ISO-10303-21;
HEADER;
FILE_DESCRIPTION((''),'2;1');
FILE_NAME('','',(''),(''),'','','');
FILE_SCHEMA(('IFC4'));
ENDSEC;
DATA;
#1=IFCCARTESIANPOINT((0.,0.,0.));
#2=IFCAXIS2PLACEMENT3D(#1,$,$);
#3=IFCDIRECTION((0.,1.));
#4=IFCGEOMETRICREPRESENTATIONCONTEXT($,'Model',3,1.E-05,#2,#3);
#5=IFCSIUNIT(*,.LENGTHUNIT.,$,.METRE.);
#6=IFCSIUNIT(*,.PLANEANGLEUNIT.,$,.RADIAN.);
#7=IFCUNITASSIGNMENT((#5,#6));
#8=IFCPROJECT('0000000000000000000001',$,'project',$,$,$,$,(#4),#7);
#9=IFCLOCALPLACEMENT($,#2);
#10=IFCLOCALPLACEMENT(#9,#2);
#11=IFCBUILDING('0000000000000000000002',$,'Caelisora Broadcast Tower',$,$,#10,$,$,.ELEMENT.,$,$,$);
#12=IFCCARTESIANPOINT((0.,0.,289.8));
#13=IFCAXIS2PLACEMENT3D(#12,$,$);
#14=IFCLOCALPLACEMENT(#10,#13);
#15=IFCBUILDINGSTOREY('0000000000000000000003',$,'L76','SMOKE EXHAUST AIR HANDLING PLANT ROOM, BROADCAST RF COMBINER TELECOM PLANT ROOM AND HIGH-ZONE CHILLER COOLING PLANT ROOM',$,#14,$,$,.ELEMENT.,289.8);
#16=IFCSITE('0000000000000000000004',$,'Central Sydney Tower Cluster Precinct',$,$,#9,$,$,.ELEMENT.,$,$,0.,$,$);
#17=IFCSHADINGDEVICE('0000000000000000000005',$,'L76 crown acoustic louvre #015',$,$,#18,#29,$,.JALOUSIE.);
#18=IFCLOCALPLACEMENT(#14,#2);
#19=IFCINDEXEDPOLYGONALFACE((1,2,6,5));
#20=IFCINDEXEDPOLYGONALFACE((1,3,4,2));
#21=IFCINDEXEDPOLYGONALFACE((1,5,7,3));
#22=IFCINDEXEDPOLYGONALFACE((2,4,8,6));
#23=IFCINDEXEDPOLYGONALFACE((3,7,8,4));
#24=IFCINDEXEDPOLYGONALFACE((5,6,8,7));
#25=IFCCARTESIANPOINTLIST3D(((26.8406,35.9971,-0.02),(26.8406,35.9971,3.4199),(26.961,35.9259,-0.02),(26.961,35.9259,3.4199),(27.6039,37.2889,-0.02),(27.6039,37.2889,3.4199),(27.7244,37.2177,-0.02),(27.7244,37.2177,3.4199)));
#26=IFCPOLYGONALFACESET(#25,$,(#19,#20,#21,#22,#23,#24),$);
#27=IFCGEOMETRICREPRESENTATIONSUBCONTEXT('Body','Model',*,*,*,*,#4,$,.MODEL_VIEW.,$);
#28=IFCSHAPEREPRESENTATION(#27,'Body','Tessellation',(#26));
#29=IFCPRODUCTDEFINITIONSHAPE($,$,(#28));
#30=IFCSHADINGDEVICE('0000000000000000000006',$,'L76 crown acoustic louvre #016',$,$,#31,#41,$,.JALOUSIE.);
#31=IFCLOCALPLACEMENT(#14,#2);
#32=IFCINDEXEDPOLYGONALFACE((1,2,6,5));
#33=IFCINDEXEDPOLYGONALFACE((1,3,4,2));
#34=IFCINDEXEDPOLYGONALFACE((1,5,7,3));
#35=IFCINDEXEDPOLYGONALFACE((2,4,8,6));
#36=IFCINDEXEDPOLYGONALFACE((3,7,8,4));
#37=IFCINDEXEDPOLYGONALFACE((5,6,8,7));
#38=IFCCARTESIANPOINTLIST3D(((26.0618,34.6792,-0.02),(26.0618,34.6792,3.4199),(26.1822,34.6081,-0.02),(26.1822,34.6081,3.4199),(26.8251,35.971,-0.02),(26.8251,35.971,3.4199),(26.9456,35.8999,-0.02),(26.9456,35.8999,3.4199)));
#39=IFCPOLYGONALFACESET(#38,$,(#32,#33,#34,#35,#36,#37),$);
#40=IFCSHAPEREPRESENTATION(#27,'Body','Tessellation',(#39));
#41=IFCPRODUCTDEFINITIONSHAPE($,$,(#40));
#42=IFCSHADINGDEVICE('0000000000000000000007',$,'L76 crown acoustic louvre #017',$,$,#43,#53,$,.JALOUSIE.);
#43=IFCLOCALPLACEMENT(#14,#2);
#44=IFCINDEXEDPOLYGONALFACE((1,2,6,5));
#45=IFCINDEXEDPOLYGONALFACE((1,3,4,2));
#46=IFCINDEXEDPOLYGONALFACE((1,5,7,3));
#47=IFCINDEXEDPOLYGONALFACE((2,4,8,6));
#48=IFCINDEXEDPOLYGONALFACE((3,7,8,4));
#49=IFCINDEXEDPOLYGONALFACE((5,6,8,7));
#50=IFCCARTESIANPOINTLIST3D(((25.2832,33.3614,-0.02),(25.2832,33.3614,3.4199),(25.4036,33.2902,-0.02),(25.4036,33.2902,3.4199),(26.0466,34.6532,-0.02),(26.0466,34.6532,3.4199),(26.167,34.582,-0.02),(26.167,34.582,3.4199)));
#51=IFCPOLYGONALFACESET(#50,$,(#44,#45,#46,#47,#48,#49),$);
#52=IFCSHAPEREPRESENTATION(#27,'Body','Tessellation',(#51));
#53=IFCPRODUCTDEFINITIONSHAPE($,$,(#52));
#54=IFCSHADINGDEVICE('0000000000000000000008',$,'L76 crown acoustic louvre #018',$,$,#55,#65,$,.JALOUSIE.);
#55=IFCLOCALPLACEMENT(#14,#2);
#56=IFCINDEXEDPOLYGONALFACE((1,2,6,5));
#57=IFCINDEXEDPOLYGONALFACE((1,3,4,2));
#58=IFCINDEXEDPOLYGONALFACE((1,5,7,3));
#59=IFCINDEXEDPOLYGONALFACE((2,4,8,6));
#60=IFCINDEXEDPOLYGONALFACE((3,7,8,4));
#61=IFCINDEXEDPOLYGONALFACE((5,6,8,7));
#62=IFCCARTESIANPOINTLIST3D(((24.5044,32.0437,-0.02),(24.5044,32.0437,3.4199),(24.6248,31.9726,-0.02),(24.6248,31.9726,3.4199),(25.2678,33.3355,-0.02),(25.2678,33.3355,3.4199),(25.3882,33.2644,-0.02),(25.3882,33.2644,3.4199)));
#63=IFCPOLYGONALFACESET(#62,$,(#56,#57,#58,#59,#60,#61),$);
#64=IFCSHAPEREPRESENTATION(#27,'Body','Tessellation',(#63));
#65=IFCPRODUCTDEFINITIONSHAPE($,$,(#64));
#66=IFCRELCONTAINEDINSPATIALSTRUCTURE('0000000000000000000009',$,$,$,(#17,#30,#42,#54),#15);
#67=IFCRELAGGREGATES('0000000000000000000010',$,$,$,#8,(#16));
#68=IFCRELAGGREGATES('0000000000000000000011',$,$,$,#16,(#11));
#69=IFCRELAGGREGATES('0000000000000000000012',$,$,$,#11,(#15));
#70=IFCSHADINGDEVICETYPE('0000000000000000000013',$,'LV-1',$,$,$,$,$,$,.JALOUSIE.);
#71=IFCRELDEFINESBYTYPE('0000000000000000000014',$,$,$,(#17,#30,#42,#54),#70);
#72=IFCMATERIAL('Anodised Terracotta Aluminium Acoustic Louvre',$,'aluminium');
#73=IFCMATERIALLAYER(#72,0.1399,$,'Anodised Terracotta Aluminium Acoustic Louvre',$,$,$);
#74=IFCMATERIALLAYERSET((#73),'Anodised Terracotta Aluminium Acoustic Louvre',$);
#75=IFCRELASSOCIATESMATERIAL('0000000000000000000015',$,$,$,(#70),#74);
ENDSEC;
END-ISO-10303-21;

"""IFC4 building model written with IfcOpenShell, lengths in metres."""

from ifc_helpers import new_model, si_unit, direction, frame, origin, origin_2d, place, context, subcontext, project, spatial, rectangle, extrude, source, transform, mapped, material, layer, layer_set, type_object, type_shapes, element, save


model = new_model("IFC4")

# Units and contexts
model_context = context("Model", 3, precision=1e-05, world=origin(), true_north=direction((0.0, 1.0)))
body_context = subcontext(model_context, "Body", "Model", "MODEL_VIEW")
ifc_project = project(units=[si_unit("LENGTHUNIT", "METRE"), si_unit("PLANEANGLEUNIT", "RADIAN")], contexts=[model_context])

# Site, building, storey
site_placement = place(None, origin())
site = spatial("IfcSite", under=ifc_project, at=site_placement, Name="Central Sydney Tower Cluster Precinct", CompositionType="ELEMENT", RefElevation=0.0)
building_placement = place(site_placement, origin())
building = spatial("IfcBuilding", under=site, at=building_placement, Name="Caelisora Broadcast Tower", CompositionType="ELEMENT")
storey_placement = place(building_placement, frame((0.0, 0.0, 289.8)))
storey = spatial("IfcBuildingStorey", under=building, at=storey_placement, Name="L76", Description="SMOKE EXHAUST AIR HANDLING PLANT ROOM, BROADCAST RF COMBINER TELECOM PLANT ROOM AND HIGH-ZONE CHILLER COOLING PLANT ROOM", CompositionType="ELEMENT", Elevation=289.8)

# Shading devices
ifc_material_1 = material(Name="Anodised Terracotta Aluminium Acoustic Louvre", Category="aluminium")
ifc_layer_1 = layer(ifc_material_1, 0.1399, Name="Anodised Terracotta Aluminium Acoustic Louvre")
ifc_layer_set_1 = layer_set([ifc_layer_1], Name="Anodised Terracotta Aluminium Acoustic Louvre")
shading_device_type = type_object("IfcShadingDeviceType", Name="LV-1", PredefinedType="JALOUSIE", material=ifc_layer_set_1)
shared_shape_1 = source(origin(), body_context, "Body", "SweptSolid", [
    extrude(rectangle(XDim=1.5005, YDim=0.1399, at=origin_2d()), origin(), (0.0, 0.0, 1.0), 3.4399),
])
type_shapes(shading_device_type, [shared_shape_1])
for number, where, z_axis, x_axis, name in (
    (1, (27.2825, 36.6074, -0.02), (0.0, 0.0, 1.0), (-0.508741, -0.86092, 0.0), "L76 crown acoustic louvre #015"),
    (2, (26.5037, 35.2896, -0.02), (0.0, 0.0, 1.0), (-0.508741, -0.86092, 0.0), "L76 crown acoustic louvre #016"),
    (3, (25.7251, 33.9717, -0.02), (0.0, 0.0, 1.0), (-0.508741, -0.86092, 0.0), "L76 crown acoustic louvre #017"),
    (4, (24.9463, 32.6541, -0.02), (0.0, 0.0, 1.0), (-0.508741, -0.86092, 0.0), "L76 crown acoustic louvre #018"),
):
    element("IfcShadingDevice", number, at=place(storey_placement, frame(where, z_axis=z_axis, x_axis=x_axis)), inside=storey, type_object=shading_device_type, Name=name, PredefinedType="JALOUSIE", context=body_context, shape_type="MappedRepresentation", body=[
        mapped(shared_shape_1, transform((0.0, 0.0, 0.0), scale=1.0)),
    ])

save(model, "model.ifc")
